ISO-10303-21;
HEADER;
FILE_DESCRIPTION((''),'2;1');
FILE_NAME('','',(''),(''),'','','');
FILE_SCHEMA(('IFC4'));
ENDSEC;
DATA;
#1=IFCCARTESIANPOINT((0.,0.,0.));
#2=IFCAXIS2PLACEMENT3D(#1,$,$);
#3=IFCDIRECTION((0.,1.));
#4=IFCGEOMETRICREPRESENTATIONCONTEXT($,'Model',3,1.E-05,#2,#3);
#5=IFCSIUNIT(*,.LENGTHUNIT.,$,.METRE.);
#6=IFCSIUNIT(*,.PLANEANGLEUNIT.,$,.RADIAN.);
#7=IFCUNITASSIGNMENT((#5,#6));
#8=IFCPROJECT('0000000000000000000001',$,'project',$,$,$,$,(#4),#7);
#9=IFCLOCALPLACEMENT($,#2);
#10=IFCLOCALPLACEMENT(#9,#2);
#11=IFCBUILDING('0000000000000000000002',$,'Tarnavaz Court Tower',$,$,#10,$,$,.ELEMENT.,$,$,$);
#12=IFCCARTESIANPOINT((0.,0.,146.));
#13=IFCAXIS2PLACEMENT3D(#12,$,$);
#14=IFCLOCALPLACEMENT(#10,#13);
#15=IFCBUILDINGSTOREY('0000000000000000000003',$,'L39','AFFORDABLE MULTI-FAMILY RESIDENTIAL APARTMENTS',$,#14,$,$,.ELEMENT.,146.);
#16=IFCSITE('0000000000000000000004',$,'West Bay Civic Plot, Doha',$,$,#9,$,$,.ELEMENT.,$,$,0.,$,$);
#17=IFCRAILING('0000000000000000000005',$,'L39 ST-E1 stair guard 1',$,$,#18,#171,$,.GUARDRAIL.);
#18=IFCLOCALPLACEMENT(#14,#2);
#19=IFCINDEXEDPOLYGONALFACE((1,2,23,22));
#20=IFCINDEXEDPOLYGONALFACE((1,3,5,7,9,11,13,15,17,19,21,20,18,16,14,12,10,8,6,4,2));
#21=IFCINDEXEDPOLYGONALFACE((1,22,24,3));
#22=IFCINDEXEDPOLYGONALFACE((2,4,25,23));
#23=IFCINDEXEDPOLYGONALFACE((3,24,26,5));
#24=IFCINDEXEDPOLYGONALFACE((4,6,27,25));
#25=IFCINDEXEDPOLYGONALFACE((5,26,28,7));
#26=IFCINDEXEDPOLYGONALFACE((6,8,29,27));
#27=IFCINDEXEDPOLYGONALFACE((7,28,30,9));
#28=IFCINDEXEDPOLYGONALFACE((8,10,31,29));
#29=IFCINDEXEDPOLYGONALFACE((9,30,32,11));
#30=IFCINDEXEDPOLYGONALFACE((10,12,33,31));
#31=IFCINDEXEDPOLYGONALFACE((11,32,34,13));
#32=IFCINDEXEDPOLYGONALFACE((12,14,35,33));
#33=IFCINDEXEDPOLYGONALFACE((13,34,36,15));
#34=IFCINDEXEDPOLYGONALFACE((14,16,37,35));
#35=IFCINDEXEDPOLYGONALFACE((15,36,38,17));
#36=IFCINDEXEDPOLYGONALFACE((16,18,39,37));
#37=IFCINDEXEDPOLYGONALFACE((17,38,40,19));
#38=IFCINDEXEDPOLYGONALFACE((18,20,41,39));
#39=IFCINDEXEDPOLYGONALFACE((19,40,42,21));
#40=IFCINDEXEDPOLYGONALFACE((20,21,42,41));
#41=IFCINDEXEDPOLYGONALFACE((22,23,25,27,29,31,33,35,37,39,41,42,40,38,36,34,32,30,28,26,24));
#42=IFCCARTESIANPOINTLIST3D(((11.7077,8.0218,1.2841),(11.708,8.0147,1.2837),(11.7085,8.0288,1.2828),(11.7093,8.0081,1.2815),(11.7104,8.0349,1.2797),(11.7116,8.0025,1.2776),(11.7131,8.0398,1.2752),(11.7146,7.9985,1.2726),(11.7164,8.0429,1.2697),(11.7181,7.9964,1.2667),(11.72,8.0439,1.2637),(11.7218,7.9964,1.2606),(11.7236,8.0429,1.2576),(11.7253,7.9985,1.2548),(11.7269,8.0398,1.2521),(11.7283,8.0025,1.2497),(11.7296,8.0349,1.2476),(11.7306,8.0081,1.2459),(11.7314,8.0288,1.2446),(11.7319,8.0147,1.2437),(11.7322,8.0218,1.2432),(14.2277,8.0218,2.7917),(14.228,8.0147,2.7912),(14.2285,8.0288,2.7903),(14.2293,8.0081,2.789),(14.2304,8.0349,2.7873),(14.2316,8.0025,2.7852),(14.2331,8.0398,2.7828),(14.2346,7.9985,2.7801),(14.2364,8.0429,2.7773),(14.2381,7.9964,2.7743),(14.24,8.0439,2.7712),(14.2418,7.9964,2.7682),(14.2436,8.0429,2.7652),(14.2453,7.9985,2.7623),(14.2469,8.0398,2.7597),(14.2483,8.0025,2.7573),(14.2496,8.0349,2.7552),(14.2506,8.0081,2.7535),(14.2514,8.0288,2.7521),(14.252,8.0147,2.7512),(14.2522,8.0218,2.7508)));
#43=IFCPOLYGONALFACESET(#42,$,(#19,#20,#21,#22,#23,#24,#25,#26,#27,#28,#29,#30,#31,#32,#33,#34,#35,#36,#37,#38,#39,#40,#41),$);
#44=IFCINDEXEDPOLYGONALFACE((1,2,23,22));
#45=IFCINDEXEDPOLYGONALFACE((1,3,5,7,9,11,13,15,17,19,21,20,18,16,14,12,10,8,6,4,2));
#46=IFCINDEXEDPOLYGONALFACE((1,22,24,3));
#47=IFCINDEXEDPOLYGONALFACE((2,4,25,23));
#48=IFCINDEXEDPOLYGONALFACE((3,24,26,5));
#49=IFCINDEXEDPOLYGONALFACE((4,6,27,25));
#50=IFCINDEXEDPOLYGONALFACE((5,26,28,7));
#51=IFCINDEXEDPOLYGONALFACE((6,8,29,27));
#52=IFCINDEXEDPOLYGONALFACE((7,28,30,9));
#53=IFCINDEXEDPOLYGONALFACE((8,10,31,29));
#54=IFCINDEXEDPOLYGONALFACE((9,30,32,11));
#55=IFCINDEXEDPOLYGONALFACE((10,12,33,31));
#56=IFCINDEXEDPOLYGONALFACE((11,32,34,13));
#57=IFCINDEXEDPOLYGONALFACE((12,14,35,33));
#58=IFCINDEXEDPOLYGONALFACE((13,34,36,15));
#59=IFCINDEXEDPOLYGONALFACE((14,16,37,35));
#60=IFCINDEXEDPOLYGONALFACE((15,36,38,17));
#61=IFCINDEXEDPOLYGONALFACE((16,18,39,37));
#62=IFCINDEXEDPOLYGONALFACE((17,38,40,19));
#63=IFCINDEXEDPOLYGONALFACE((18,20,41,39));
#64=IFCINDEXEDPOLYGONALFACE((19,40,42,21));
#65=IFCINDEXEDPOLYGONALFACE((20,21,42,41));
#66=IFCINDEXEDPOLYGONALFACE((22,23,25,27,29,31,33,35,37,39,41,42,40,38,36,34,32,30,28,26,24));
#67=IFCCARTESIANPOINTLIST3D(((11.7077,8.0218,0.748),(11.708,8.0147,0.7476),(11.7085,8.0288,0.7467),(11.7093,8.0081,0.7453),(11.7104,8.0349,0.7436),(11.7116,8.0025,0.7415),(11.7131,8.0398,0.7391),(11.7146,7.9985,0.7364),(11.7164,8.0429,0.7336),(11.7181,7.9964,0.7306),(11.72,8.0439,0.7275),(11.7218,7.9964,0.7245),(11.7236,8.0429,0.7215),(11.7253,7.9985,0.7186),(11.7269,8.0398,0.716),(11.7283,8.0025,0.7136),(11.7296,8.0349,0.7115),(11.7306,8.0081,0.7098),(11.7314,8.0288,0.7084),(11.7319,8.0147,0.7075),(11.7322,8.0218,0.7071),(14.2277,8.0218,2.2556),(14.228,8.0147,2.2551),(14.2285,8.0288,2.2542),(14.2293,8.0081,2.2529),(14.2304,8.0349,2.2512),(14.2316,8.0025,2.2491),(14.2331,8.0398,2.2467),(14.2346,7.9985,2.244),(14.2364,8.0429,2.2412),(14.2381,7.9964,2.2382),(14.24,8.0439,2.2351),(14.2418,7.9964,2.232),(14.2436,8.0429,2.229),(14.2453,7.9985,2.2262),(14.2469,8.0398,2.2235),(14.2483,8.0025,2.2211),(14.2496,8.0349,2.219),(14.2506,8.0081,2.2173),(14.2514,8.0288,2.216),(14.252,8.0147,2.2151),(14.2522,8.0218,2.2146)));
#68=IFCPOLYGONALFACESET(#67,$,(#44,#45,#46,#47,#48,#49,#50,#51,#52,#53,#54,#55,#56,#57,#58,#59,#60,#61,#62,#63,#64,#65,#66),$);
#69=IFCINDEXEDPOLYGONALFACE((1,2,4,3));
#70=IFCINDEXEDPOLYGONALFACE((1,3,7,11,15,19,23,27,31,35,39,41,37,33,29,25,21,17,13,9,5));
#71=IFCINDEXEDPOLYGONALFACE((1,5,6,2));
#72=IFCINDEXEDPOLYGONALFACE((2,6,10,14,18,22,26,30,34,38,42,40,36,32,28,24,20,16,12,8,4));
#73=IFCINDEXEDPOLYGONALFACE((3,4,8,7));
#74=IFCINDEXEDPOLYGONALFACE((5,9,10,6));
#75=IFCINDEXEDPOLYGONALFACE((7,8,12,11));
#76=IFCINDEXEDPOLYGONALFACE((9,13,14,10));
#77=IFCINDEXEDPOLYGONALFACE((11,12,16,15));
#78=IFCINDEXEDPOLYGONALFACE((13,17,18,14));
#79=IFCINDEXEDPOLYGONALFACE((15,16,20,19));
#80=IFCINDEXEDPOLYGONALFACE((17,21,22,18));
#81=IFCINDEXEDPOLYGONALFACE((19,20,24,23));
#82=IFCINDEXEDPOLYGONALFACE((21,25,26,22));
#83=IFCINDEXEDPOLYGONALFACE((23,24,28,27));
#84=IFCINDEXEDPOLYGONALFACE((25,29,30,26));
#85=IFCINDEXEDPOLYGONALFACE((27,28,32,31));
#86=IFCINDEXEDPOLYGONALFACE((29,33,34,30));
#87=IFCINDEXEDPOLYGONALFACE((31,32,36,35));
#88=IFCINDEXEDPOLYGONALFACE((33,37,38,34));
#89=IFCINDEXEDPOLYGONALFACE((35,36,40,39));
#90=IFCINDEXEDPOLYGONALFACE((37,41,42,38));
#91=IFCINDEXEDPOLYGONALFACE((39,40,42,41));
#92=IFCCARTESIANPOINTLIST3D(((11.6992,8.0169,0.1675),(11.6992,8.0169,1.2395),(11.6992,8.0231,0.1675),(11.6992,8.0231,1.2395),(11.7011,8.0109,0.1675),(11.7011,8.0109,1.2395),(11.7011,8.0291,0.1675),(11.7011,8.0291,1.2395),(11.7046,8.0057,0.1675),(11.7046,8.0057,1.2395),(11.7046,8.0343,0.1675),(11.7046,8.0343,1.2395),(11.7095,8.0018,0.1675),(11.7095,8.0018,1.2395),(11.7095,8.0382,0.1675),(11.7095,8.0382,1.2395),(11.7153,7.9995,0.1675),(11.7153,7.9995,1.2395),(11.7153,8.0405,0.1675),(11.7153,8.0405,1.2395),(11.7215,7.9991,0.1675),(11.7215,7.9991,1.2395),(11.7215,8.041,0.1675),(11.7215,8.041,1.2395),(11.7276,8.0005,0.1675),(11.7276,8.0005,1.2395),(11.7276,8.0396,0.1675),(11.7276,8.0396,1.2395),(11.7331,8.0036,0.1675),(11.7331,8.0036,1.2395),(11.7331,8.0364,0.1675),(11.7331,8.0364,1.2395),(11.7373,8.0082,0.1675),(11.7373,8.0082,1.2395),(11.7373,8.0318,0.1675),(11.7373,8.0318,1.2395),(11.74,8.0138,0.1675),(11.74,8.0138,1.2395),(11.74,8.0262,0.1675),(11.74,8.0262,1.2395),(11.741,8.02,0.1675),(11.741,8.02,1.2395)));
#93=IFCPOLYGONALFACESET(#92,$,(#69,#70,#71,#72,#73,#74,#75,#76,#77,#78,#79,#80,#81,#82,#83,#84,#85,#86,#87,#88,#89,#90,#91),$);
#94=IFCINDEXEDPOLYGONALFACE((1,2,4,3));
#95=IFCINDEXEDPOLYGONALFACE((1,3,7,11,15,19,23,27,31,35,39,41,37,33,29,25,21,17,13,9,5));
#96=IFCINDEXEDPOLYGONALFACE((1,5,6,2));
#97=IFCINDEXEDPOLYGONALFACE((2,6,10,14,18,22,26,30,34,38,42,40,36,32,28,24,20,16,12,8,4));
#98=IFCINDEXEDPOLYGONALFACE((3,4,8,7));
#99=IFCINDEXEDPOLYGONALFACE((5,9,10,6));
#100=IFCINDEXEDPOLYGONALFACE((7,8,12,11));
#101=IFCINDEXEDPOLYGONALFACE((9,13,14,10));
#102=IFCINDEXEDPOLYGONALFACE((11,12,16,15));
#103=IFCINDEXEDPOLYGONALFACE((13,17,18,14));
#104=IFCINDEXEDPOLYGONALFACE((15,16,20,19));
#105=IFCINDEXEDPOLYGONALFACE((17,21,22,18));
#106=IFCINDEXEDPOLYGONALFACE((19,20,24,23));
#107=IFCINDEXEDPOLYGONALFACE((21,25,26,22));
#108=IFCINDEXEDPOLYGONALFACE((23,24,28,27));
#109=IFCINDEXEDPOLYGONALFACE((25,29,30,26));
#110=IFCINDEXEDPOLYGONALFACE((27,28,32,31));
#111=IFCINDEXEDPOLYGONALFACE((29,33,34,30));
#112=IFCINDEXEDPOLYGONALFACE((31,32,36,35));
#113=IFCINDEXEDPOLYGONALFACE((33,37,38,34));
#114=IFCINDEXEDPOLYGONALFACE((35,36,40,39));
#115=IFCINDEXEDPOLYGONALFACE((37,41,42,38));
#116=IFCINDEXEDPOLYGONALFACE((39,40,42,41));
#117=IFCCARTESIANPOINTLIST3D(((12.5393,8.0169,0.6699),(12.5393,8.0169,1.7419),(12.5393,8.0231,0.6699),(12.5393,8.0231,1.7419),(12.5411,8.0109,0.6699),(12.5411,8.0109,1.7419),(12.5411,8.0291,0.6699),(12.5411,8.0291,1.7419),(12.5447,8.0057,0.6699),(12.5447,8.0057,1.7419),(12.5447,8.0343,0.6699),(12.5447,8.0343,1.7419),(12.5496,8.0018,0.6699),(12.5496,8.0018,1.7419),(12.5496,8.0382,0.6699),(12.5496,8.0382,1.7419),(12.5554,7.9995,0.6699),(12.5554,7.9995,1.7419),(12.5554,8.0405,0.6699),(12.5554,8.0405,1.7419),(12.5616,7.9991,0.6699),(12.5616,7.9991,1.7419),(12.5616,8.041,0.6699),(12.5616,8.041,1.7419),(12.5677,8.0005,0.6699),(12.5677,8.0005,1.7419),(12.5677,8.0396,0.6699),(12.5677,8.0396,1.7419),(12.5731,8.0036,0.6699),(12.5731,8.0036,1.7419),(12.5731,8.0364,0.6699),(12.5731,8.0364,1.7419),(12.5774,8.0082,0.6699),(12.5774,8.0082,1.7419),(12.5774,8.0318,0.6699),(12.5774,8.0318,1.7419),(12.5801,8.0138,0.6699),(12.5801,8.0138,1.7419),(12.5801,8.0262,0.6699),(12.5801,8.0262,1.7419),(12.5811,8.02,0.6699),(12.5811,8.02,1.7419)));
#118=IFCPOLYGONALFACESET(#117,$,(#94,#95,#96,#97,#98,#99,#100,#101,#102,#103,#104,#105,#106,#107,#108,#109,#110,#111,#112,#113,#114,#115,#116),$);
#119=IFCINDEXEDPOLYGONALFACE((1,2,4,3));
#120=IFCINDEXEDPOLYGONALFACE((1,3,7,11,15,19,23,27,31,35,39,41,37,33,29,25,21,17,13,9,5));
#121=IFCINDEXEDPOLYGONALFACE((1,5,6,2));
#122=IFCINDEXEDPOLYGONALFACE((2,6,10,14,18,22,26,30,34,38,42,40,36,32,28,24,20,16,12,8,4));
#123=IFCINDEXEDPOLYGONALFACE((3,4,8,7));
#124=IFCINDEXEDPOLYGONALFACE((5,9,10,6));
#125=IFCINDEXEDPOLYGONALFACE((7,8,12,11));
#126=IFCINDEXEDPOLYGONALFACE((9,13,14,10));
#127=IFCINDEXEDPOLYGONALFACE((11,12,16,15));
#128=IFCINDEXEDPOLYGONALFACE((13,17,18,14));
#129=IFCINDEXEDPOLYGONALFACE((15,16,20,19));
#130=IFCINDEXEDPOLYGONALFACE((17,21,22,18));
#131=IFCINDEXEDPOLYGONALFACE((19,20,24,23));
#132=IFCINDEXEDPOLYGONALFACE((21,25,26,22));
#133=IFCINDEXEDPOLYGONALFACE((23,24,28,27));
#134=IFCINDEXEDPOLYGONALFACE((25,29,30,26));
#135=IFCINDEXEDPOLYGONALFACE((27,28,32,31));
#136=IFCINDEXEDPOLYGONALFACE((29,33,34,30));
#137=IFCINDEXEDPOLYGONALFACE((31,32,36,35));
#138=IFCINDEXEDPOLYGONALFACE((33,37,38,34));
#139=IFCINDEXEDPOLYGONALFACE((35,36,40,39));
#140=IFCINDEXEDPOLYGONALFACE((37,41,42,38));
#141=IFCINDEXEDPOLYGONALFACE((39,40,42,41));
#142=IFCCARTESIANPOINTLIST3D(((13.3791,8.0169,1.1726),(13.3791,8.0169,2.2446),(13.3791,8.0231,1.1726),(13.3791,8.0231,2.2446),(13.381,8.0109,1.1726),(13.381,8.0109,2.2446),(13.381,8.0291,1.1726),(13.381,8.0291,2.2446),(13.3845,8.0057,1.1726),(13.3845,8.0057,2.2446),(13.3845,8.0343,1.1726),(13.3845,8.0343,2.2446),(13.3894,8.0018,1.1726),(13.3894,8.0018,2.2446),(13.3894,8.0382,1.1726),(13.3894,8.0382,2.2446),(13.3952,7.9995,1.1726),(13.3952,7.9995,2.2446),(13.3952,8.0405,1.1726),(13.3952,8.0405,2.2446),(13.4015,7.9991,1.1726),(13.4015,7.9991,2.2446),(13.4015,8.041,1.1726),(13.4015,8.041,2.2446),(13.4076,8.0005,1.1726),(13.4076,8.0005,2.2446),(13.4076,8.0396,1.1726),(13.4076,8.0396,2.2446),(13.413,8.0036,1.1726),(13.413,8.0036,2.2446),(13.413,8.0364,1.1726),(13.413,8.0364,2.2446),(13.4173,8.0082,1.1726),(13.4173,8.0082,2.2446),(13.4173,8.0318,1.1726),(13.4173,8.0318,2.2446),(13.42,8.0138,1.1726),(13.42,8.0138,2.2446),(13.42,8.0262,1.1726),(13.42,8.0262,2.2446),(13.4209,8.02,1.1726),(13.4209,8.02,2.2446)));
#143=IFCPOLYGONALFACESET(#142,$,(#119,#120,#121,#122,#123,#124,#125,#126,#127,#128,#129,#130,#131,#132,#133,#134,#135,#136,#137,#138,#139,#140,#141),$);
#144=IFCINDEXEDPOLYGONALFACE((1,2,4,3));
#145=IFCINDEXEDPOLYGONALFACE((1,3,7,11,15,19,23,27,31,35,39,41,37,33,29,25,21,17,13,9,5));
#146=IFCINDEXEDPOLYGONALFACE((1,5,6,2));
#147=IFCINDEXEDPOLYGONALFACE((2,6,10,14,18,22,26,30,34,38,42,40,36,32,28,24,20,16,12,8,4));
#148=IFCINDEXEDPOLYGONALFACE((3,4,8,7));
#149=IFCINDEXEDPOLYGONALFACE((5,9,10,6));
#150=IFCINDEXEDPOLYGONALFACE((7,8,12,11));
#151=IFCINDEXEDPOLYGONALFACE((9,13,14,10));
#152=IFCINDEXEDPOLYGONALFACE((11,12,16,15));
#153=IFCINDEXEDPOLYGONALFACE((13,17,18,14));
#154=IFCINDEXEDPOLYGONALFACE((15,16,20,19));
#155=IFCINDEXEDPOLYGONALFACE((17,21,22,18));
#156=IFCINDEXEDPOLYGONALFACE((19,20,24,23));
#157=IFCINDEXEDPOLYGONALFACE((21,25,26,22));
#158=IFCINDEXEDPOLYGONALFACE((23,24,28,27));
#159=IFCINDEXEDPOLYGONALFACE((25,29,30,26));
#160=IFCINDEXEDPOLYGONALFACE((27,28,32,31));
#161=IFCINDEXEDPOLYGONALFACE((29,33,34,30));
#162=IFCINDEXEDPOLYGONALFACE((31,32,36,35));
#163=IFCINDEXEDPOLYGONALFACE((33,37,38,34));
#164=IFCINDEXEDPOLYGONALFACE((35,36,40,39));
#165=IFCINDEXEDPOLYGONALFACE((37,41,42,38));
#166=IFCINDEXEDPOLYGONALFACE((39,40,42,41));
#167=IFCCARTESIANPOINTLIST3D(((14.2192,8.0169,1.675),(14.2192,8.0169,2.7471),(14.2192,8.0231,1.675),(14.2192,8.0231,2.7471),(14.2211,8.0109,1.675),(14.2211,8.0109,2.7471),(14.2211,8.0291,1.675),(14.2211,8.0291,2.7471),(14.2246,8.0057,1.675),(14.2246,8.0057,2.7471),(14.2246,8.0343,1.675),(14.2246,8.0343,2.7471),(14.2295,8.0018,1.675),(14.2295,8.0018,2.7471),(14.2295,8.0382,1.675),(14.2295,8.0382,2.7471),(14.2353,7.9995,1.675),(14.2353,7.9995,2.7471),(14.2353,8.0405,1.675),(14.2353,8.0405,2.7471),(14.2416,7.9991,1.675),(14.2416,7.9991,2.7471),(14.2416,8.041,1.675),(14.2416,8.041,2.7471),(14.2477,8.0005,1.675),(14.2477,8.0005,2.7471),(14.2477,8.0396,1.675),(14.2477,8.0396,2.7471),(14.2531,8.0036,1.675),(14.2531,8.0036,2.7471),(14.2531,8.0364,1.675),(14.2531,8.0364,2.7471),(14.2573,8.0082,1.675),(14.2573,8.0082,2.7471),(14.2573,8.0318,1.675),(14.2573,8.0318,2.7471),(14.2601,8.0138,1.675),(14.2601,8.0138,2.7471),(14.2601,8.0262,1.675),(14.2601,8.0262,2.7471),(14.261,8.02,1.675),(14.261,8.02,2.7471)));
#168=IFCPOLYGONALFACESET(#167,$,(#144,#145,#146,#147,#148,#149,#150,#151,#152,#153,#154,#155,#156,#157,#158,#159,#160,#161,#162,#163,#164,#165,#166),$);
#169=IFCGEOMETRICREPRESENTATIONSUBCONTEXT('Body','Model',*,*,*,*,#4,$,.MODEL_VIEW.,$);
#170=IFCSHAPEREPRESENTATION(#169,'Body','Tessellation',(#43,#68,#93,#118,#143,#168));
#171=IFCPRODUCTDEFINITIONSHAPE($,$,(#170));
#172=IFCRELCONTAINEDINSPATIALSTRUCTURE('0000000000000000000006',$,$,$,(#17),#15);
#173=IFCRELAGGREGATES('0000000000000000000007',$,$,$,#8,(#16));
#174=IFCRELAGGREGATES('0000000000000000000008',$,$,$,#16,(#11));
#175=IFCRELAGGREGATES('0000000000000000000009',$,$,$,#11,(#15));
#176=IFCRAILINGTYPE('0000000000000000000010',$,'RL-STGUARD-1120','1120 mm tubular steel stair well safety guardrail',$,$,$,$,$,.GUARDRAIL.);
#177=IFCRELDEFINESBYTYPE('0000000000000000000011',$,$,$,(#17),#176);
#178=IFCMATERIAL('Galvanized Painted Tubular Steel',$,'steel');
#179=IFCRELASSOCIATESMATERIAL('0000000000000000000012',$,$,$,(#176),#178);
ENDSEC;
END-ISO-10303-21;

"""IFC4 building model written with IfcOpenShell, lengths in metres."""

from ifc_helpers import new_model, si_unit, direction, frame, origin, origin_2d, place, context, subcontext, project, spatial, circle, extrude, material, type_object, element, save


model = new_model("IFC4")

# Units and contexts
model_context = context("Model", 3, precision=1e-05, world=origin(), true_north=direction((0.0, 1.0)))
body_context = subcontext(model_context, "Body", "Model", "MODEL_VIEW")
ifc_project = project(units=[si_unit("LENGTHUNIT", "METRE"), si_unit("PLANEANGLEUNIT", "RADIAN")], contexts=[model_context])

# Site, building, storey
site_placement = place(None, origin())
site = spatial("IfcSite", under=ifc_project, at=site_placement, Name="West Bay Civic Plot, Doha", CompositionType="ELEMENT", RefElevation=0.0)
building_placement = place(site_placement, origin())
building = spatial("IfcBuilding", under=site, at=building_placement, Name="Tarnavaz Court Tower", CompositionType="ELEMENT")
storey_placement = place(building_placement, frame((0.0, 0.0, 146.0)))
storey = spatial("IfcBuildingStorey", under=building, at=storey_placement, Name="L39", Description="AFFORDABLE MULTI-FAMILY RESIDENTIAL APARTMENTS", CompositionType="ELEMENT", Elevation=146.0)

# Railing
ifc_material_1 = material(Name="Galvanized Painted Tubular Steel", Category="steel")
railing_type_1 = type_object("IfcRailingType", Name="RL-STGUARD-1120", Description="1120 mm tubular steel stair well safety guardrail", PredefinedType="GUARDRAIL", material=ifc_material_1)
railing_1_placement = place(storey_placement, frame((11.72, 8.02, 0.1675)))
element("IfcRailing", 1, at=railing_1_placement, inside=storey, type_object=railing_type_1, Name="L39 ST-E1 stair guard 1", PredefinedType="GUARDRAIL", context=body_context, shape_type="SweptSolid", body=[
    extrude(circle(Radius=0.0239, at=origin_2d()), frame((0.0, 0.0, 1.0962), z_axis=(0.85816, 0.0, 0.513383), x_axis=(0.0, 1.0, 0.0)), (0.0, 0.0, 1.0), 2.9365),
    extrude(circle(Radius=0.0239, at=origin_2d()), frame((0.0, 0.0, 0.5601), z_axis=(0.85816, 0.0, 0.513383), x_axis=(0.0, 1.0, 0.0)), (0.0, 0.0, 1.0), 2.9365),
    extrude(circle(Radius=0.021, at=origin_2d()), origin(), (0.0, 0.0, 1.0), 1.072),
    extrude(circle(Radius=0.021, at=origin_2d()), frame((0.8401, 0.0, 0.5024)), (0.0, 0.0, 1.0), 1.072),
    extrude(circle(Radius=0.021, at=origin_2d()), frame((1.6799, 0.0, 1.0051)), (0.0, 0.0, 1.0), 1.072),
    extrude(circle(Radius=0.021, at=origin_2d()), frame((2.52, 0.0, 1.5076)), (0.0, 0.0, 1.0), 1.072),
])

save(model, "model.ifc")
